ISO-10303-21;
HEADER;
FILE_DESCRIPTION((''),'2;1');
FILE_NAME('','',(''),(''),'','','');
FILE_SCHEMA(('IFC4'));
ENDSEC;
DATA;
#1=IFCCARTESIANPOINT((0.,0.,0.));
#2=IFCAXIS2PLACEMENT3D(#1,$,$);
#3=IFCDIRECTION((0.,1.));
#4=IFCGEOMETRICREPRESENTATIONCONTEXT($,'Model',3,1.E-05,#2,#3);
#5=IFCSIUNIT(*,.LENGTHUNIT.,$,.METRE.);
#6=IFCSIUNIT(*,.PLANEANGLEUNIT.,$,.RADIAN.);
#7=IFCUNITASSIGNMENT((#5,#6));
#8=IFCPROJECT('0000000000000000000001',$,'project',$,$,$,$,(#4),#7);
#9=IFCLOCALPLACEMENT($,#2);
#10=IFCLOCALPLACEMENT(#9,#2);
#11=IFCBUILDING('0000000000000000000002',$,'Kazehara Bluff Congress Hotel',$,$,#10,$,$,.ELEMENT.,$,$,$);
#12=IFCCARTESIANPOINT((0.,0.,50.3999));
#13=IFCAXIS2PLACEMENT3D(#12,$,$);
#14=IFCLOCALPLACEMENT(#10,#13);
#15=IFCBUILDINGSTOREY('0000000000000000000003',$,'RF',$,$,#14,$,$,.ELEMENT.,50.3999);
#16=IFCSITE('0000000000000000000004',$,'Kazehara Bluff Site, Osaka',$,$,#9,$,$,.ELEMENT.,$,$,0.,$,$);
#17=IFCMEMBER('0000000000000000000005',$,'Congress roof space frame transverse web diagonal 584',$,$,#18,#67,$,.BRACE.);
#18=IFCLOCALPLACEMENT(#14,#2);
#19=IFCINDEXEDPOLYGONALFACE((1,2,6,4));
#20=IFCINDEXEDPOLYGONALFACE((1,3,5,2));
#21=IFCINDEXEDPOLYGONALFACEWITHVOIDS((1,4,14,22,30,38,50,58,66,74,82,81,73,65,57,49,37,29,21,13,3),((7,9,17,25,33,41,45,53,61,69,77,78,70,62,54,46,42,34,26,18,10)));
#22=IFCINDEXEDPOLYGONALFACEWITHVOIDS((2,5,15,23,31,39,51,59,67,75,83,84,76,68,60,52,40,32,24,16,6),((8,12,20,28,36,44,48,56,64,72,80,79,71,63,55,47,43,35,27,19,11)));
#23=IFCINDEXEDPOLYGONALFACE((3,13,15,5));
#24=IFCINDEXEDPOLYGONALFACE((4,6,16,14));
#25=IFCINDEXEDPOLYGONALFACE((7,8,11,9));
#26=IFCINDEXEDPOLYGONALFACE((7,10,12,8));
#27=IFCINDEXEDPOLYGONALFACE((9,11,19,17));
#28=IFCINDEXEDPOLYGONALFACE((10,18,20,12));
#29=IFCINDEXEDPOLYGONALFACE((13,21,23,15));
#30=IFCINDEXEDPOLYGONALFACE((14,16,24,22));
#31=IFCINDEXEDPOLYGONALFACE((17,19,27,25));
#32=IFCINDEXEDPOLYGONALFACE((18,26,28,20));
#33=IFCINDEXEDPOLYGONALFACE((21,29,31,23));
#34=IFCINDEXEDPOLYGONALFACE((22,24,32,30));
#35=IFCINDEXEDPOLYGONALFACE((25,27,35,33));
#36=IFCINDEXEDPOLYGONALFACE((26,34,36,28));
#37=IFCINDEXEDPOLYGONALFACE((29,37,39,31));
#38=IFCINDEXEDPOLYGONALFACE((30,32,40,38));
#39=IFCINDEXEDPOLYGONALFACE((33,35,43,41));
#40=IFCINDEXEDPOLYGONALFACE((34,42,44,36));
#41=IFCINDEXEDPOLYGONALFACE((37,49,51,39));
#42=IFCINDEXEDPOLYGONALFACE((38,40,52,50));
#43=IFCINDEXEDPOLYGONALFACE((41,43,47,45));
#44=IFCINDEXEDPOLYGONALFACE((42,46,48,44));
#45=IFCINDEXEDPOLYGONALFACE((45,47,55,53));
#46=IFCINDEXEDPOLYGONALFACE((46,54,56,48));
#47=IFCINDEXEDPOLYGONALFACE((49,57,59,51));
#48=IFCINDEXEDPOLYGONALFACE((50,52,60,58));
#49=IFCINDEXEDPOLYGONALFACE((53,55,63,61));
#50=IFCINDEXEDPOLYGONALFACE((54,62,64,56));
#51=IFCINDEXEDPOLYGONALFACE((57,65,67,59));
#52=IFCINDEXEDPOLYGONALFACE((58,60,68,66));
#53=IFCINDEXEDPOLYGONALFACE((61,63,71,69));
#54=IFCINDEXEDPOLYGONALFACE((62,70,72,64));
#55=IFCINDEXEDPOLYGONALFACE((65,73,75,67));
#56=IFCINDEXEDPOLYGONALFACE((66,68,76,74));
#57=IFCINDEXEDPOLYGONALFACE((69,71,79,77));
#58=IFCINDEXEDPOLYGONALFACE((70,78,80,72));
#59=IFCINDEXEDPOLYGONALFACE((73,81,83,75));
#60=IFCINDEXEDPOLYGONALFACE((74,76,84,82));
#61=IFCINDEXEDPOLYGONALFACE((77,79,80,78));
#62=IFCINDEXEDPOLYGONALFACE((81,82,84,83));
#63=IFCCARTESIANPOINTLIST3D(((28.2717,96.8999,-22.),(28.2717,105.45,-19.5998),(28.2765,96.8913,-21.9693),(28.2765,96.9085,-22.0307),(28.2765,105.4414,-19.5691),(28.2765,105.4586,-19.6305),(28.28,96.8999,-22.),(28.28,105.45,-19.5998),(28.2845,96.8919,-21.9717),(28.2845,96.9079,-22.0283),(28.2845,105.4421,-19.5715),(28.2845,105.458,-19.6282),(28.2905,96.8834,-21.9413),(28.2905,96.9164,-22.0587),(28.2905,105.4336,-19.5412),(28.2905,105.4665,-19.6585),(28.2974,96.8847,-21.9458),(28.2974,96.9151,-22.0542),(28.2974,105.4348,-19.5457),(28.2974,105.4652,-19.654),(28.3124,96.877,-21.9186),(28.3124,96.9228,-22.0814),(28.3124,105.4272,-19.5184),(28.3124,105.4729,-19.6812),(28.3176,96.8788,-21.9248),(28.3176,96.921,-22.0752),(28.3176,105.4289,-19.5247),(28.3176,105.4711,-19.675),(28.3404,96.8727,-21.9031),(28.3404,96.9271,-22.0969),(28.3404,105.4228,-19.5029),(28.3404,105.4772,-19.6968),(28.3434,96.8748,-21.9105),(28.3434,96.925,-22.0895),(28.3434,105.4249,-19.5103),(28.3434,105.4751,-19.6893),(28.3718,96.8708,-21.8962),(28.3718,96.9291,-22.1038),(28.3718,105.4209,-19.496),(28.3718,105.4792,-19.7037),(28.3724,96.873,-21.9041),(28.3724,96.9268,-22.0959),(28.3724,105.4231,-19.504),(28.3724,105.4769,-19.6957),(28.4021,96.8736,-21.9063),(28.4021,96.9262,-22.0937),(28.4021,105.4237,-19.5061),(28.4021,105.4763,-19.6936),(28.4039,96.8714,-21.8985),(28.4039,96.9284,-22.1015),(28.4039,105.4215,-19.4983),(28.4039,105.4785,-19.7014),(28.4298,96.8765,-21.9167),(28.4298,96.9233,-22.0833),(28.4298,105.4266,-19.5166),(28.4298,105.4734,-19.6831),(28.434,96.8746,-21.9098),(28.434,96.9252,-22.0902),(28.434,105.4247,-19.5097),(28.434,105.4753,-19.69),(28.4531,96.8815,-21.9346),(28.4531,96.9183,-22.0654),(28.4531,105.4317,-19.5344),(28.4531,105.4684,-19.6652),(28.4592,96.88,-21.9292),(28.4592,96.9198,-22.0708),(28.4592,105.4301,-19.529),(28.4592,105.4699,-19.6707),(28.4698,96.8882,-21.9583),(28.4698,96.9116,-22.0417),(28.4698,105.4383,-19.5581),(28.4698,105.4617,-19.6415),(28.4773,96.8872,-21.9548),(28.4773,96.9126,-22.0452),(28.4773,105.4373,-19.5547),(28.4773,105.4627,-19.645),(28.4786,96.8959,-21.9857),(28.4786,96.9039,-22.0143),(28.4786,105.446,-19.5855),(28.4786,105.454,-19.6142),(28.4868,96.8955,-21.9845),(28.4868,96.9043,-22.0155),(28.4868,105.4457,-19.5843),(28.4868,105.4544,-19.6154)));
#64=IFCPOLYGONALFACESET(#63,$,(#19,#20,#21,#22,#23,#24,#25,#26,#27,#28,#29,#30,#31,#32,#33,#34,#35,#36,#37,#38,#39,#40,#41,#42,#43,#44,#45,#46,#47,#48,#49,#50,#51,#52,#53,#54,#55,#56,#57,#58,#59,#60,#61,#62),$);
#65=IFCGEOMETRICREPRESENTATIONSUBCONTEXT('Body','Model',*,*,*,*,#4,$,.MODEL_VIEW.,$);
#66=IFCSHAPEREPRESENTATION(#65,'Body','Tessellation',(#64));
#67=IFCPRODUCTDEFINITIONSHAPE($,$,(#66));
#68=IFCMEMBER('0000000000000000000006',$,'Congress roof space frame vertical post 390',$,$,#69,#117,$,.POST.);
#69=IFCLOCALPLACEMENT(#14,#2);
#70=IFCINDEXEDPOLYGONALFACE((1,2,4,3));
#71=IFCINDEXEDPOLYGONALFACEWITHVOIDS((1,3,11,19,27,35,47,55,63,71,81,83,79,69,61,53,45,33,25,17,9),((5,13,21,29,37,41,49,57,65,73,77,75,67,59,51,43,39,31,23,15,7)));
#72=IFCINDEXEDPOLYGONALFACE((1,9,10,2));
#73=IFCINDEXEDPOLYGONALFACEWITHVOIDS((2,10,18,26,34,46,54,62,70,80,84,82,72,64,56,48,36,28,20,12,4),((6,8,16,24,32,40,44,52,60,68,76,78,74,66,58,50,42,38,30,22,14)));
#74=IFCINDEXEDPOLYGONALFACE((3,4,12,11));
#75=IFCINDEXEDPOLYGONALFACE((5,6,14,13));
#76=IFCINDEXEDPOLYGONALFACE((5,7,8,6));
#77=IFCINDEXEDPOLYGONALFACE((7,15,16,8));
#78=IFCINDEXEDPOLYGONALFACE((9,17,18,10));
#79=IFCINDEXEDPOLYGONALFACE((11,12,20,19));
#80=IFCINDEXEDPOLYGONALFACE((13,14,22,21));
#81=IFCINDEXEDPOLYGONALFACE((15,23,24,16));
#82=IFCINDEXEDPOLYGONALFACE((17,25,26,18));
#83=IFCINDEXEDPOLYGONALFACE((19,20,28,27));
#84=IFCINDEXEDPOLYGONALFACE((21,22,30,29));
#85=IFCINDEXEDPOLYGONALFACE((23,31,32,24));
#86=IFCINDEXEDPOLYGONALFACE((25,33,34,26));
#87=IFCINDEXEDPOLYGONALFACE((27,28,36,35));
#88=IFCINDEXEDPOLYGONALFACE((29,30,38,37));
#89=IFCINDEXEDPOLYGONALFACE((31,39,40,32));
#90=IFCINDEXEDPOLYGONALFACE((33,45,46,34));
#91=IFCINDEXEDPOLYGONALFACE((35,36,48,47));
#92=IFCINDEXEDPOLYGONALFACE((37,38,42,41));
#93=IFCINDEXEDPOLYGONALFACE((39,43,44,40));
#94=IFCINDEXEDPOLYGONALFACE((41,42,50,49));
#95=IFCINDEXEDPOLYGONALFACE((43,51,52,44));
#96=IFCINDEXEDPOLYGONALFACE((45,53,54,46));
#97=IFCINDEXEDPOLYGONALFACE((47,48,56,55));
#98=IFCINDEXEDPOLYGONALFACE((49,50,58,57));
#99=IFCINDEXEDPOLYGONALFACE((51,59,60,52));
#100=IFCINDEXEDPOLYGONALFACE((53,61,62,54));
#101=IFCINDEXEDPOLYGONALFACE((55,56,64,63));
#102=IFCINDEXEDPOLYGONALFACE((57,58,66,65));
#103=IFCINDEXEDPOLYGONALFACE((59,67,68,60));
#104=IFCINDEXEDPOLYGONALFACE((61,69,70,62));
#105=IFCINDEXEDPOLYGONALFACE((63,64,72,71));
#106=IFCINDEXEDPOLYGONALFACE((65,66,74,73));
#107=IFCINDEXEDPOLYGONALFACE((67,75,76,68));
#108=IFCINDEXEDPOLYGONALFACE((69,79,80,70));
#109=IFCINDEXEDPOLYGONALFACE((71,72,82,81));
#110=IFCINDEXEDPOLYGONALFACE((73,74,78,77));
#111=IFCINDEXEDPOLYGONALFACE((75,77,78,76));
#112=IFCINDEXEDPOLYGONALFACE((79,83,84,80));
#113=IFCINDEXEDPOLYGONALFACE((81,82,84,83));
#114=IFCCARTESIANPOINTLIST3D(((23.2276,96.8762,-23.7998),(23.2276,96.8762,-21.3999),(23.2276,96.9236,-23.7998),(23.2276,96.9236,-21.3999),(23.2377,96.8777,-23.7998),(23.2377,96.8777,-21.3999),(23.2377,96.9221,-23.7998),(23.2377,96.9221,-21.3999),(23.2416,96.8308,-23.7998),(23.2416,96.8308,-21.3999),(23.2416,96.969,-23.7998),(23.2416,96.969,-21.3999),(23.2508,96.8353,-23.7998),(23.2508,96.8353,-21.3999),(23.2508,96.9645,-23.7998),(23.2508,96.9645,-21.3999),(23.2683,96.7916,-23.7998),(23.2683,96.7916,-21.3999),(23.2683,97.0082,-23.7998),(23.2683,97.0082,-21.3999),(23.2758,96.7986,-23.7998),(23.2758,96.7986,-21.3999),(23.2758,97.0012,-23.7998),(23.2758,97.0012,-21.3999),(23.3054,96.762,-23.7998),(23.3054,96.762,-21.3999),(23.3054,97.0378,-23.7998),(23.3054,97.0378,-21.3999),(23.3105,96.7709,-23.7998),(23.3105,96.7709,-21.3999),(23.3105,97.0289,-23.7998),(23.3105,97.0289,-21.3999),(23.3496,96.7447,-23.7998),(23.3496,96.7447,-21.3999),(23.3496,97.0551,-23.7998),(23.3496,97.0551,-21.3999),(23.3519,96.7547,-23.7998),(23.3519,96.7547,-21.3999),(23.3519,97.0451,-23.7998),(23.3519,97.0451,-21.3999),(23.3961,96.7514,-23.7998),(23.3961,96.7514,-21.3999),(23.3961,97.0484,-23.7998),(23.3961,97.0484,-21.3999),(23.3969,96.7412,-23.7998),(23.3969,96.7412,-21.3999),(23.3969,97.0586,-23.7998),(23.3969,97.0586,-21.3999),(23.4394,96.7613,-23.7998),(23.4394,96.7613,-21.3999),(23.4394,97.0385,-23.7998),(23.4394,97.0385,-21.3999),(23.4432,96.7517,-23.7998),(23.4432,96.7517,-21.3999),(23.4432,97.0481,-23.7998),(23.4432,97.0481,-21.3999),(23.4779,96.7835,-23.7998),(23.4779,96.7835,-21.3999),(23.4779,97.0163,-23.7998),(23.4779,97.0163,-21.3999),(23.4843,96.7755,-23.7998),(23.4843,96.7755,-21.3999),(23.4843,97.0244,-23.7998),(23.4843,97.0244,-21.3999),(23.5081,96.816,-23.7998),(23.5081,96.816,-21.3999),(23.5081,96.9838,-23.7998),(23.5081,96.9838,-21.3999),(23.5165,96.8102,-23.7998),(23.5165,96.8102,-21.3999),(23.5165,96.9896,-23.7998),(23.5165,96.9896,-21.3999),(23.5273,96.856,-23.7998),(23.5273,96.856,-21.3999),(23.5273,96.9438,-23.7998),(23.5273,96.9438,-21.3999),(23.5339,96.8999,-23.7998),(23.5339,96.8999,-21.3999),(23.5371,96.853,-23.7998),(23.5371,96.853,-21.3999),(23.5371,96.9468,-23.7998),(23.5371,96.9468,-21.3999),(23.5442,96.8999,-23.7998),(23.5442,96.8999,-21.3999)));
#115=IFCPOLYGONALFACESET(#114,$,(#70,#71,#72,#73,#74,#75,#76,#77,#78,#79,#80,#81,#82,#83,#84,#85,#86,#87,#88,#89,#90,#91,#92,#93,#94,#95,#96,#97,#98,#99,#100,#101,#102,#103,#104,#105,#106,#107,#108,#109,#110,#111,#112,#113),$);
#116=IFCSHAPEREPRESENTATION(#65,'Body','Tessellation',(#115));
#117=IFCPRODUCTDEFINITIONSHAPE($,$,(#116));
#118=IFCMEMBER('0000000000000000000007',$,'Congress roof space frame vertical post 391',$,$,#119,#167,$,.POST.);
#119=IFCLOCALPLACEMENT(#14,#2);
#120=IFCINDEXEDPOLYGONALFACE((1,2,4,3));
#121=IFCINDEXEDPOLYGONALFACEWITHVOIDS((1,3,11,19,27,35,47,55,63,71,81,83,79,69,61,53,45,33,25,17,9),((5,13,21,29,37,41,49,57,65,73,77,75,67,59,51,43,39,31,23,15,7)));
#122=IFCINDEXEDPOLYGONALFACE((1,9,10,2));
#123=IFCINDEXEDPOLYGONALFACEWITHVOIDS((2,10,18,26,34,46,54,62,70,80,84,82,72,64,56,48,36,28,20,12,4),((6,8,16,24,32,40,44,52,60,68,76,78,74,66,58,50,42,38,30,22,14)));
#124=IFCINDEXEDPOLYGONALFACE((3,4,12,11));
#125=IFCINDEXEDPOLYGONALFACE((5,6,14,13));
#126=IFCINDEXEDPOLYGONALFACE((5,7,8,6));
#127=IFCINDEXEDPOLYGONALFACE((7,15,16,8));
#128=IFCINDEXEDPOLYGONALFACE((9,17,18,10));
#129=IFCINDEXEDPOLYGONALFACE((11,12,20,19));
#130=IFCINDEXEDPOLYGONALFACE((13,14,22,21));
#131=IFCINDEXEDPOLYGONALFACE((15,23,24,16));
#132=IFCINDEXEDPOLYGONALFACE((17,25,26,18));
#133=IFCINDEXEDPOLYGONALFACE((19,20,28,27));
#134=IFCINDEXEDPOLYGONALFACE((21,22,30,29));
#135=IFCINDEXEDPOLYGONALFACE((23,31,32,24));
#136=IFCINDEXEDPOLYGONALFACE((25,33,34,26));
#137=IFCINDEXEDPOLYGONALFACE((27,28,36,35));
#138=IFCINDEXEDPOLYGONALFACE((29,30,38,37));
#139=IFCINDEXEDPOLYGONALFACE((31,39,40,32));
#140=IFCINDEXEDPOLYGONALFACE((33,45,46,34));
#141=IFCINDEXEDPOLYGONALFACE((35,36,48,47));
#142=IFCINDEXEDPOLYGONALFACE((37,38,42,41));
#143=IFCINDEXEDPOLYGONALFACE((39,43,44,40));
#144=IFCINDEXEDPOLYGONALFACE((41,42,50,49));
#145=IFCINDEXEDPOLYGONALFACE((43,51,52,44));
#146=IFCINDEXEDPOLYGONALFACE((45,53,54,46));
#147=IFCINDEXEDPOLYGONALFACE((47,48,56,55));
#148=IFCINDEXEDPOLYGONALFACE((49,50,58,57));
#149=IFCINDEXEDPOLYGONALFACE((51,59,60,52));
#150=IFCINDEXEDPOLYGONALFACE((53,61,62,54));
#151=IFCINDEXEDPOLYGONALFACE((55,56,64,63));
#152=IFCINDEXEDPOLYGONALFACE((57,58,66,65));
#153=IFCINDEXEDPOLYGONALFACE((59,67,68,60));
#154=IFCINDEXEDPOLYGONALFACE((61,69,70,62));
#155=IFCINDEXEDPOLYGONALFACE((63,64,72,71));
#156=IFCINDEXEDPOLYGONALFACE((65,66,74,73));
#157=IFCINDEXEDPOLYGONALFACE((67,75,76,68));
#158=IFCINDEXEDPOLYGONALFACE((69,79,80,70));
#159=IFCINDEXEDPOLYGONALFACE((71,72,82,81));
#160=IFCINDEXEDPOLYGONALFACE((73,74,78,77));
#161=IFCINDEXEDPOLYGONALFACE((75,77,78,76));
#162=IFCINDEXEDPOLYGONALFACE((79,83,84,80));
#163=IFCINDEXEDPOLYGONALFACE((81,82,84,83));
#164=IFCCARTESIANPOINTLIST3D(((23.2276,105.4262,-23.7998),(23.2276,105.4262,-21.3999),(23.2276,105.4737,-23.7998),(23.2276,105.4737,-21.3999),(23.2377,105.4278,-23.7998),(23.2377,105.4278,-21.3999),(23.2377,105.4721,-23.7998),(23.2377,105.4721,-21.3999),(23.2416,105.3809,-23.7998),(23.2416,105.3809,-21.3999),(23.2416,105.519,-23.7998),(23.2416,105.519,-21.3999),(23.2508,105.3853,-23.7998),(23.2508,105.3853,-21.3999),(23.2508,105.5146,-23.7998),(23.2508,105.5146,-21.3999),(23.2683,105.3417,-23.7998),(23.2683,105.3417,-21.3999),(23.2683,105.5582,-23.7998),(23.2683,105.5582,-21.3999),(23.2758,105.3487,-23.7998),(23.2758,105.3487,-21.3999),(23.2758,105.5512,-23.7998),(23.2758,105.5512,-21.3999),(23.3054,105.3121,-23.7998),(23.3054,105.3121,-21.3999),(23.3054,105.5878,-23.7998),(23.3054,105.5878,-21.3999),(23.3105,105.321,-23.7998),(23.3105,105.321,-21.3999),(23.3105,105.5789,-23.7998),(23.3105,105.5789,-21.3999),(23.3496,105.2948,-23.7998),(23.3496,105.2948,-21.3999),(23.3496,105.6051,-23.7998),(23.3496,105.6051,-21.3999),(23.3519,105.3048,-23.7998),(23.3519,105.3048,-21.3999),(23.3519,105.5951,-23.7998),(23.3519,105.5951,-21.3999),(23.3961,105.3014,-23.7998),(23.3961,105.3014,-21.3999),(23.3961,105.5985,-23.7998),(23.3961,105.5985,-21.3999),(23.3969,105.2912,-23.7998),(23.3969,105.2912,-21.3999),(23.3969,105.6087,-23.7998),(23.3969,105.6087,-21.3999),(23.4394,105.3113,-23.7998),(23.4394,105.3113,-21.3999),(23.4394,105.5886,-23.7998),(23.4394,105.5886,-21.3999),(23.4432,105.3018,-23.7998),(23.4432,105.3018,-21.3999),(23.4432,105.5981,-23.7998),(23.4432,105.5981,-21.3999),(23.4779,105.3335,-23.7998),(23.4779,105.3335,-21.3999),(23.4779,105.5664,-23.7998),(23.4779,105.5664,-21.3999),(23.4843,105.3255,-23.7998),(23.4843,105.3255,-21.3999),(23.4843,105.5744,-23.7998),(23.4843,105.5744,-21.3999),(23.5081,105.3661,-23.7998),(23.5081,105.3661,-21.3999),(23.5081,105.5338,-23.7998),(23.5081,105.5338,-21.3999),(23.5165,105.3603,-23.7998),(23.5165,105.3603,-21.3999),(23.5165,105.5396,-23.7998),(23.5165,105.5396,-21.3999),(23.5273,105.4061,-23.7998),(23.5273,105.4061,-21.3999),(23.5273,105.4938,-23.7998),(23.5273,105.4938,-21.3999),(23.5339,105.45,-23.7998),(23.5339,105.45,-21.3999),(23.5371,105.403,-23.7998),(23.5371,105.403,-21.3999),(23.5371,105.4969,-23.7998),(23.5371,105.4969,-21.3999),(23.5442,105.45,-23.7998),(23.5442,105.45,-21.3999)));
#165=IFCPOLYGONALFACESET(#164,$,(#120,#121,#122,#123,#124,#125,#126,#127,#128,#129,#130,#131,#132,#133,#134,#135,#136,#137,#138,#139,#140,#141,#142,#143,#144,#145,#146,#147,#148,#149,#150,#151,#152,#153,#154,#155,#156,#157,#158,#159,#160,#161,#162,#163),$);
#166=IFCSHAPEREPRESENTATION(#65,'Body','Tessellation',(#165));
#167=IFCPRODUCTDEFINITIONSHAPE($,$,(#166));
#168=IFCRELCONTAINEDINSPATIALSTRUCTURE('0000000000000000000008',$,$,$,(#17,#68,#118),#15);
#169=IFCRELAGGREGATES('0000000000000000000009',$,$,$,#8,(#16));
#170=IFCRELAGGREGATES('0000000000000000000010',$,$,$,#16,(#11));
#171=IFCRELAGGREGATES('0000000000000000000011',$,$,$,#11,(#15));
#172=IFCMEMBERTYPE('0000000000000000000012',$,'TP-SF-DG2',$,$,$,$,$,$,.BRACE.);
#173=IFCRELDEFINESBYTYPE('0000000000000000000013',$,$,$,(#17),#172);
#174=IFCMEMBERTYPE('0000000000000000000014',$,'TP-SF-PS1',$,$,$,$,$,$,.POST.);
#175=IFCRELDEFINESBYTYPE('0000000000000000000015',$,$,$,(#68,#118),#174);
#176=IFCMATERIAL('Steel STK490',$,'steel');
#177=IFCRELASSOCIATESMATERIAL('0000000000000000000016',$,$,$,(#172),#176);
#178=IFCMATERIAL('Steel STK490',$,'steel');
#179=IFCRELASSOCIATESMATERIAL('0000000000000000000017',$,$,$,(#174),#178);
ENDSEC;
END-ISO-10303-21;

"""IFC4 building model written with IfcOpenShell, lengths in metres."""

from ifc_helpers import new_model, si_unit, direction, frame, origin, origin_2d, place, context, subcontext, project, spatial, hollow_circle, extrude, material, material_profile, profile_set, type_object, element, save


model = new_model("IFC4")

# Units and contexts
model_context = context("Model", 3, precision=1e-05, world=origin(), true_north=direction((0.0, 1.0)))
body_context = subcontext(model_context, "Body", "Model", "MODEL_VIEW")
ifc_project = project(units=[si_unit("LENGTHUNIT", "METRE"), si_unit("PLANEANGLEUNIT", "RADIAN")], contexts=[model_context])

# Site, building, storey
site_placement = place(None, origin())
site = spatial("IfcSite", under=ifc_project, at=site_placement, Name="Kazehara Bluff Site, Osaka", CompositionType="ELEMENT", RefElevation=0.0)
building_placement = place(site_placement, origin())
building = spatial("IfcBuilding", under=site, at=building_placement, Name="Kazehara Bluff Congress Hotel", CompositionType="ELEMENT")
storey_placement = place(building_placement, frame((0.0, 0.0, 50.3999)))
storey = spatial("IfcBuildingStorey", under=building, at=storey_placement, Name="RF", CompositionType="ELEMENT", Elevation=50.3999)

# Members
ifc_material_1 = material(Name="Steel STK490", Category="steel")
ifc_material_profile_1 = material_profile(ifc_material_1, hollow_circle(Radius=0.1082, WallThickness=0.0083, at=origin_2d()))
ifc_profile_set_1 = profile_set([ifc_material_profile_1], Name="Steel STK490")
member_type_1 = type_object("IfcMemberType", Name="TP-SF-DG2", PredefinedType="BRACE", material=ifc_profile_set_1)
member_1_placement = place(storey_placement, frame((28.3799, 96.8999, -22.0), z_axis=(0.0, 0.962784, 0.27027), x_axis=(-1.0, 0.0, 0.0)))
element("IfcMember", 1, at=member_1_placement, inside=storey, type_object=member_type_1, Name="Congress roof space frame transverse web diagonal 584", PredefinedType="BRACE", context=body_context, shape_type="SweptSolid", body=[
    extrude(hollow_circle(Radius=0.1082, WallThickness=0.0083, at=origin_2d()), origin(), (0.0, 0.0, 1.0), 8.8806),
])
ifc_material_2 = material(Name="Steel STK490", Category="steel")
ifc_material_profile_2 = material_profile(ifc_material_2, hollow_circle(Radius=0.1592, WallThickness=0.0103, at=origin_2d()))
ifc_profile_set_2 = profile_set([ifc_material_profile_2], Name="Steel STK490")
member_type_2 = type_object("IfcMemberType", Name="TP-SF-PS1", PredefinedType="POST", material=ifc_profile_set_2)
for number, where, z_axis, x_axis, name in (
    (2, (23.385, 96.8999, -23.7998), (0.0, 0.0, 1.0), (1.0, 0.0, 0.0), "Congress roof space frame vertical post 390"),
    (3, (23.385, 105.45, -23.7998), (0.0, 0.0, 1.0), (1.0, 0.0, 0.0), "Congress roof space frame vertical post 391"),
):
    element("IfcMember", number, at=place(storey_placement, frame(where, z_axis=z_axis, x_axis=x_axis)), inside=storey, type_object=member_type_2, Name=name, PredefinedType="POST", context=body_context, shape_type="SweptSolid", body=[
        extrude(hollow_circle(Radius=0.1592, WallThickness=0.0103, at=origin_2d()), origin(), (0.0, 0.0, 1.0), 2.3999),
    ])

save(model, "model.ifc")
